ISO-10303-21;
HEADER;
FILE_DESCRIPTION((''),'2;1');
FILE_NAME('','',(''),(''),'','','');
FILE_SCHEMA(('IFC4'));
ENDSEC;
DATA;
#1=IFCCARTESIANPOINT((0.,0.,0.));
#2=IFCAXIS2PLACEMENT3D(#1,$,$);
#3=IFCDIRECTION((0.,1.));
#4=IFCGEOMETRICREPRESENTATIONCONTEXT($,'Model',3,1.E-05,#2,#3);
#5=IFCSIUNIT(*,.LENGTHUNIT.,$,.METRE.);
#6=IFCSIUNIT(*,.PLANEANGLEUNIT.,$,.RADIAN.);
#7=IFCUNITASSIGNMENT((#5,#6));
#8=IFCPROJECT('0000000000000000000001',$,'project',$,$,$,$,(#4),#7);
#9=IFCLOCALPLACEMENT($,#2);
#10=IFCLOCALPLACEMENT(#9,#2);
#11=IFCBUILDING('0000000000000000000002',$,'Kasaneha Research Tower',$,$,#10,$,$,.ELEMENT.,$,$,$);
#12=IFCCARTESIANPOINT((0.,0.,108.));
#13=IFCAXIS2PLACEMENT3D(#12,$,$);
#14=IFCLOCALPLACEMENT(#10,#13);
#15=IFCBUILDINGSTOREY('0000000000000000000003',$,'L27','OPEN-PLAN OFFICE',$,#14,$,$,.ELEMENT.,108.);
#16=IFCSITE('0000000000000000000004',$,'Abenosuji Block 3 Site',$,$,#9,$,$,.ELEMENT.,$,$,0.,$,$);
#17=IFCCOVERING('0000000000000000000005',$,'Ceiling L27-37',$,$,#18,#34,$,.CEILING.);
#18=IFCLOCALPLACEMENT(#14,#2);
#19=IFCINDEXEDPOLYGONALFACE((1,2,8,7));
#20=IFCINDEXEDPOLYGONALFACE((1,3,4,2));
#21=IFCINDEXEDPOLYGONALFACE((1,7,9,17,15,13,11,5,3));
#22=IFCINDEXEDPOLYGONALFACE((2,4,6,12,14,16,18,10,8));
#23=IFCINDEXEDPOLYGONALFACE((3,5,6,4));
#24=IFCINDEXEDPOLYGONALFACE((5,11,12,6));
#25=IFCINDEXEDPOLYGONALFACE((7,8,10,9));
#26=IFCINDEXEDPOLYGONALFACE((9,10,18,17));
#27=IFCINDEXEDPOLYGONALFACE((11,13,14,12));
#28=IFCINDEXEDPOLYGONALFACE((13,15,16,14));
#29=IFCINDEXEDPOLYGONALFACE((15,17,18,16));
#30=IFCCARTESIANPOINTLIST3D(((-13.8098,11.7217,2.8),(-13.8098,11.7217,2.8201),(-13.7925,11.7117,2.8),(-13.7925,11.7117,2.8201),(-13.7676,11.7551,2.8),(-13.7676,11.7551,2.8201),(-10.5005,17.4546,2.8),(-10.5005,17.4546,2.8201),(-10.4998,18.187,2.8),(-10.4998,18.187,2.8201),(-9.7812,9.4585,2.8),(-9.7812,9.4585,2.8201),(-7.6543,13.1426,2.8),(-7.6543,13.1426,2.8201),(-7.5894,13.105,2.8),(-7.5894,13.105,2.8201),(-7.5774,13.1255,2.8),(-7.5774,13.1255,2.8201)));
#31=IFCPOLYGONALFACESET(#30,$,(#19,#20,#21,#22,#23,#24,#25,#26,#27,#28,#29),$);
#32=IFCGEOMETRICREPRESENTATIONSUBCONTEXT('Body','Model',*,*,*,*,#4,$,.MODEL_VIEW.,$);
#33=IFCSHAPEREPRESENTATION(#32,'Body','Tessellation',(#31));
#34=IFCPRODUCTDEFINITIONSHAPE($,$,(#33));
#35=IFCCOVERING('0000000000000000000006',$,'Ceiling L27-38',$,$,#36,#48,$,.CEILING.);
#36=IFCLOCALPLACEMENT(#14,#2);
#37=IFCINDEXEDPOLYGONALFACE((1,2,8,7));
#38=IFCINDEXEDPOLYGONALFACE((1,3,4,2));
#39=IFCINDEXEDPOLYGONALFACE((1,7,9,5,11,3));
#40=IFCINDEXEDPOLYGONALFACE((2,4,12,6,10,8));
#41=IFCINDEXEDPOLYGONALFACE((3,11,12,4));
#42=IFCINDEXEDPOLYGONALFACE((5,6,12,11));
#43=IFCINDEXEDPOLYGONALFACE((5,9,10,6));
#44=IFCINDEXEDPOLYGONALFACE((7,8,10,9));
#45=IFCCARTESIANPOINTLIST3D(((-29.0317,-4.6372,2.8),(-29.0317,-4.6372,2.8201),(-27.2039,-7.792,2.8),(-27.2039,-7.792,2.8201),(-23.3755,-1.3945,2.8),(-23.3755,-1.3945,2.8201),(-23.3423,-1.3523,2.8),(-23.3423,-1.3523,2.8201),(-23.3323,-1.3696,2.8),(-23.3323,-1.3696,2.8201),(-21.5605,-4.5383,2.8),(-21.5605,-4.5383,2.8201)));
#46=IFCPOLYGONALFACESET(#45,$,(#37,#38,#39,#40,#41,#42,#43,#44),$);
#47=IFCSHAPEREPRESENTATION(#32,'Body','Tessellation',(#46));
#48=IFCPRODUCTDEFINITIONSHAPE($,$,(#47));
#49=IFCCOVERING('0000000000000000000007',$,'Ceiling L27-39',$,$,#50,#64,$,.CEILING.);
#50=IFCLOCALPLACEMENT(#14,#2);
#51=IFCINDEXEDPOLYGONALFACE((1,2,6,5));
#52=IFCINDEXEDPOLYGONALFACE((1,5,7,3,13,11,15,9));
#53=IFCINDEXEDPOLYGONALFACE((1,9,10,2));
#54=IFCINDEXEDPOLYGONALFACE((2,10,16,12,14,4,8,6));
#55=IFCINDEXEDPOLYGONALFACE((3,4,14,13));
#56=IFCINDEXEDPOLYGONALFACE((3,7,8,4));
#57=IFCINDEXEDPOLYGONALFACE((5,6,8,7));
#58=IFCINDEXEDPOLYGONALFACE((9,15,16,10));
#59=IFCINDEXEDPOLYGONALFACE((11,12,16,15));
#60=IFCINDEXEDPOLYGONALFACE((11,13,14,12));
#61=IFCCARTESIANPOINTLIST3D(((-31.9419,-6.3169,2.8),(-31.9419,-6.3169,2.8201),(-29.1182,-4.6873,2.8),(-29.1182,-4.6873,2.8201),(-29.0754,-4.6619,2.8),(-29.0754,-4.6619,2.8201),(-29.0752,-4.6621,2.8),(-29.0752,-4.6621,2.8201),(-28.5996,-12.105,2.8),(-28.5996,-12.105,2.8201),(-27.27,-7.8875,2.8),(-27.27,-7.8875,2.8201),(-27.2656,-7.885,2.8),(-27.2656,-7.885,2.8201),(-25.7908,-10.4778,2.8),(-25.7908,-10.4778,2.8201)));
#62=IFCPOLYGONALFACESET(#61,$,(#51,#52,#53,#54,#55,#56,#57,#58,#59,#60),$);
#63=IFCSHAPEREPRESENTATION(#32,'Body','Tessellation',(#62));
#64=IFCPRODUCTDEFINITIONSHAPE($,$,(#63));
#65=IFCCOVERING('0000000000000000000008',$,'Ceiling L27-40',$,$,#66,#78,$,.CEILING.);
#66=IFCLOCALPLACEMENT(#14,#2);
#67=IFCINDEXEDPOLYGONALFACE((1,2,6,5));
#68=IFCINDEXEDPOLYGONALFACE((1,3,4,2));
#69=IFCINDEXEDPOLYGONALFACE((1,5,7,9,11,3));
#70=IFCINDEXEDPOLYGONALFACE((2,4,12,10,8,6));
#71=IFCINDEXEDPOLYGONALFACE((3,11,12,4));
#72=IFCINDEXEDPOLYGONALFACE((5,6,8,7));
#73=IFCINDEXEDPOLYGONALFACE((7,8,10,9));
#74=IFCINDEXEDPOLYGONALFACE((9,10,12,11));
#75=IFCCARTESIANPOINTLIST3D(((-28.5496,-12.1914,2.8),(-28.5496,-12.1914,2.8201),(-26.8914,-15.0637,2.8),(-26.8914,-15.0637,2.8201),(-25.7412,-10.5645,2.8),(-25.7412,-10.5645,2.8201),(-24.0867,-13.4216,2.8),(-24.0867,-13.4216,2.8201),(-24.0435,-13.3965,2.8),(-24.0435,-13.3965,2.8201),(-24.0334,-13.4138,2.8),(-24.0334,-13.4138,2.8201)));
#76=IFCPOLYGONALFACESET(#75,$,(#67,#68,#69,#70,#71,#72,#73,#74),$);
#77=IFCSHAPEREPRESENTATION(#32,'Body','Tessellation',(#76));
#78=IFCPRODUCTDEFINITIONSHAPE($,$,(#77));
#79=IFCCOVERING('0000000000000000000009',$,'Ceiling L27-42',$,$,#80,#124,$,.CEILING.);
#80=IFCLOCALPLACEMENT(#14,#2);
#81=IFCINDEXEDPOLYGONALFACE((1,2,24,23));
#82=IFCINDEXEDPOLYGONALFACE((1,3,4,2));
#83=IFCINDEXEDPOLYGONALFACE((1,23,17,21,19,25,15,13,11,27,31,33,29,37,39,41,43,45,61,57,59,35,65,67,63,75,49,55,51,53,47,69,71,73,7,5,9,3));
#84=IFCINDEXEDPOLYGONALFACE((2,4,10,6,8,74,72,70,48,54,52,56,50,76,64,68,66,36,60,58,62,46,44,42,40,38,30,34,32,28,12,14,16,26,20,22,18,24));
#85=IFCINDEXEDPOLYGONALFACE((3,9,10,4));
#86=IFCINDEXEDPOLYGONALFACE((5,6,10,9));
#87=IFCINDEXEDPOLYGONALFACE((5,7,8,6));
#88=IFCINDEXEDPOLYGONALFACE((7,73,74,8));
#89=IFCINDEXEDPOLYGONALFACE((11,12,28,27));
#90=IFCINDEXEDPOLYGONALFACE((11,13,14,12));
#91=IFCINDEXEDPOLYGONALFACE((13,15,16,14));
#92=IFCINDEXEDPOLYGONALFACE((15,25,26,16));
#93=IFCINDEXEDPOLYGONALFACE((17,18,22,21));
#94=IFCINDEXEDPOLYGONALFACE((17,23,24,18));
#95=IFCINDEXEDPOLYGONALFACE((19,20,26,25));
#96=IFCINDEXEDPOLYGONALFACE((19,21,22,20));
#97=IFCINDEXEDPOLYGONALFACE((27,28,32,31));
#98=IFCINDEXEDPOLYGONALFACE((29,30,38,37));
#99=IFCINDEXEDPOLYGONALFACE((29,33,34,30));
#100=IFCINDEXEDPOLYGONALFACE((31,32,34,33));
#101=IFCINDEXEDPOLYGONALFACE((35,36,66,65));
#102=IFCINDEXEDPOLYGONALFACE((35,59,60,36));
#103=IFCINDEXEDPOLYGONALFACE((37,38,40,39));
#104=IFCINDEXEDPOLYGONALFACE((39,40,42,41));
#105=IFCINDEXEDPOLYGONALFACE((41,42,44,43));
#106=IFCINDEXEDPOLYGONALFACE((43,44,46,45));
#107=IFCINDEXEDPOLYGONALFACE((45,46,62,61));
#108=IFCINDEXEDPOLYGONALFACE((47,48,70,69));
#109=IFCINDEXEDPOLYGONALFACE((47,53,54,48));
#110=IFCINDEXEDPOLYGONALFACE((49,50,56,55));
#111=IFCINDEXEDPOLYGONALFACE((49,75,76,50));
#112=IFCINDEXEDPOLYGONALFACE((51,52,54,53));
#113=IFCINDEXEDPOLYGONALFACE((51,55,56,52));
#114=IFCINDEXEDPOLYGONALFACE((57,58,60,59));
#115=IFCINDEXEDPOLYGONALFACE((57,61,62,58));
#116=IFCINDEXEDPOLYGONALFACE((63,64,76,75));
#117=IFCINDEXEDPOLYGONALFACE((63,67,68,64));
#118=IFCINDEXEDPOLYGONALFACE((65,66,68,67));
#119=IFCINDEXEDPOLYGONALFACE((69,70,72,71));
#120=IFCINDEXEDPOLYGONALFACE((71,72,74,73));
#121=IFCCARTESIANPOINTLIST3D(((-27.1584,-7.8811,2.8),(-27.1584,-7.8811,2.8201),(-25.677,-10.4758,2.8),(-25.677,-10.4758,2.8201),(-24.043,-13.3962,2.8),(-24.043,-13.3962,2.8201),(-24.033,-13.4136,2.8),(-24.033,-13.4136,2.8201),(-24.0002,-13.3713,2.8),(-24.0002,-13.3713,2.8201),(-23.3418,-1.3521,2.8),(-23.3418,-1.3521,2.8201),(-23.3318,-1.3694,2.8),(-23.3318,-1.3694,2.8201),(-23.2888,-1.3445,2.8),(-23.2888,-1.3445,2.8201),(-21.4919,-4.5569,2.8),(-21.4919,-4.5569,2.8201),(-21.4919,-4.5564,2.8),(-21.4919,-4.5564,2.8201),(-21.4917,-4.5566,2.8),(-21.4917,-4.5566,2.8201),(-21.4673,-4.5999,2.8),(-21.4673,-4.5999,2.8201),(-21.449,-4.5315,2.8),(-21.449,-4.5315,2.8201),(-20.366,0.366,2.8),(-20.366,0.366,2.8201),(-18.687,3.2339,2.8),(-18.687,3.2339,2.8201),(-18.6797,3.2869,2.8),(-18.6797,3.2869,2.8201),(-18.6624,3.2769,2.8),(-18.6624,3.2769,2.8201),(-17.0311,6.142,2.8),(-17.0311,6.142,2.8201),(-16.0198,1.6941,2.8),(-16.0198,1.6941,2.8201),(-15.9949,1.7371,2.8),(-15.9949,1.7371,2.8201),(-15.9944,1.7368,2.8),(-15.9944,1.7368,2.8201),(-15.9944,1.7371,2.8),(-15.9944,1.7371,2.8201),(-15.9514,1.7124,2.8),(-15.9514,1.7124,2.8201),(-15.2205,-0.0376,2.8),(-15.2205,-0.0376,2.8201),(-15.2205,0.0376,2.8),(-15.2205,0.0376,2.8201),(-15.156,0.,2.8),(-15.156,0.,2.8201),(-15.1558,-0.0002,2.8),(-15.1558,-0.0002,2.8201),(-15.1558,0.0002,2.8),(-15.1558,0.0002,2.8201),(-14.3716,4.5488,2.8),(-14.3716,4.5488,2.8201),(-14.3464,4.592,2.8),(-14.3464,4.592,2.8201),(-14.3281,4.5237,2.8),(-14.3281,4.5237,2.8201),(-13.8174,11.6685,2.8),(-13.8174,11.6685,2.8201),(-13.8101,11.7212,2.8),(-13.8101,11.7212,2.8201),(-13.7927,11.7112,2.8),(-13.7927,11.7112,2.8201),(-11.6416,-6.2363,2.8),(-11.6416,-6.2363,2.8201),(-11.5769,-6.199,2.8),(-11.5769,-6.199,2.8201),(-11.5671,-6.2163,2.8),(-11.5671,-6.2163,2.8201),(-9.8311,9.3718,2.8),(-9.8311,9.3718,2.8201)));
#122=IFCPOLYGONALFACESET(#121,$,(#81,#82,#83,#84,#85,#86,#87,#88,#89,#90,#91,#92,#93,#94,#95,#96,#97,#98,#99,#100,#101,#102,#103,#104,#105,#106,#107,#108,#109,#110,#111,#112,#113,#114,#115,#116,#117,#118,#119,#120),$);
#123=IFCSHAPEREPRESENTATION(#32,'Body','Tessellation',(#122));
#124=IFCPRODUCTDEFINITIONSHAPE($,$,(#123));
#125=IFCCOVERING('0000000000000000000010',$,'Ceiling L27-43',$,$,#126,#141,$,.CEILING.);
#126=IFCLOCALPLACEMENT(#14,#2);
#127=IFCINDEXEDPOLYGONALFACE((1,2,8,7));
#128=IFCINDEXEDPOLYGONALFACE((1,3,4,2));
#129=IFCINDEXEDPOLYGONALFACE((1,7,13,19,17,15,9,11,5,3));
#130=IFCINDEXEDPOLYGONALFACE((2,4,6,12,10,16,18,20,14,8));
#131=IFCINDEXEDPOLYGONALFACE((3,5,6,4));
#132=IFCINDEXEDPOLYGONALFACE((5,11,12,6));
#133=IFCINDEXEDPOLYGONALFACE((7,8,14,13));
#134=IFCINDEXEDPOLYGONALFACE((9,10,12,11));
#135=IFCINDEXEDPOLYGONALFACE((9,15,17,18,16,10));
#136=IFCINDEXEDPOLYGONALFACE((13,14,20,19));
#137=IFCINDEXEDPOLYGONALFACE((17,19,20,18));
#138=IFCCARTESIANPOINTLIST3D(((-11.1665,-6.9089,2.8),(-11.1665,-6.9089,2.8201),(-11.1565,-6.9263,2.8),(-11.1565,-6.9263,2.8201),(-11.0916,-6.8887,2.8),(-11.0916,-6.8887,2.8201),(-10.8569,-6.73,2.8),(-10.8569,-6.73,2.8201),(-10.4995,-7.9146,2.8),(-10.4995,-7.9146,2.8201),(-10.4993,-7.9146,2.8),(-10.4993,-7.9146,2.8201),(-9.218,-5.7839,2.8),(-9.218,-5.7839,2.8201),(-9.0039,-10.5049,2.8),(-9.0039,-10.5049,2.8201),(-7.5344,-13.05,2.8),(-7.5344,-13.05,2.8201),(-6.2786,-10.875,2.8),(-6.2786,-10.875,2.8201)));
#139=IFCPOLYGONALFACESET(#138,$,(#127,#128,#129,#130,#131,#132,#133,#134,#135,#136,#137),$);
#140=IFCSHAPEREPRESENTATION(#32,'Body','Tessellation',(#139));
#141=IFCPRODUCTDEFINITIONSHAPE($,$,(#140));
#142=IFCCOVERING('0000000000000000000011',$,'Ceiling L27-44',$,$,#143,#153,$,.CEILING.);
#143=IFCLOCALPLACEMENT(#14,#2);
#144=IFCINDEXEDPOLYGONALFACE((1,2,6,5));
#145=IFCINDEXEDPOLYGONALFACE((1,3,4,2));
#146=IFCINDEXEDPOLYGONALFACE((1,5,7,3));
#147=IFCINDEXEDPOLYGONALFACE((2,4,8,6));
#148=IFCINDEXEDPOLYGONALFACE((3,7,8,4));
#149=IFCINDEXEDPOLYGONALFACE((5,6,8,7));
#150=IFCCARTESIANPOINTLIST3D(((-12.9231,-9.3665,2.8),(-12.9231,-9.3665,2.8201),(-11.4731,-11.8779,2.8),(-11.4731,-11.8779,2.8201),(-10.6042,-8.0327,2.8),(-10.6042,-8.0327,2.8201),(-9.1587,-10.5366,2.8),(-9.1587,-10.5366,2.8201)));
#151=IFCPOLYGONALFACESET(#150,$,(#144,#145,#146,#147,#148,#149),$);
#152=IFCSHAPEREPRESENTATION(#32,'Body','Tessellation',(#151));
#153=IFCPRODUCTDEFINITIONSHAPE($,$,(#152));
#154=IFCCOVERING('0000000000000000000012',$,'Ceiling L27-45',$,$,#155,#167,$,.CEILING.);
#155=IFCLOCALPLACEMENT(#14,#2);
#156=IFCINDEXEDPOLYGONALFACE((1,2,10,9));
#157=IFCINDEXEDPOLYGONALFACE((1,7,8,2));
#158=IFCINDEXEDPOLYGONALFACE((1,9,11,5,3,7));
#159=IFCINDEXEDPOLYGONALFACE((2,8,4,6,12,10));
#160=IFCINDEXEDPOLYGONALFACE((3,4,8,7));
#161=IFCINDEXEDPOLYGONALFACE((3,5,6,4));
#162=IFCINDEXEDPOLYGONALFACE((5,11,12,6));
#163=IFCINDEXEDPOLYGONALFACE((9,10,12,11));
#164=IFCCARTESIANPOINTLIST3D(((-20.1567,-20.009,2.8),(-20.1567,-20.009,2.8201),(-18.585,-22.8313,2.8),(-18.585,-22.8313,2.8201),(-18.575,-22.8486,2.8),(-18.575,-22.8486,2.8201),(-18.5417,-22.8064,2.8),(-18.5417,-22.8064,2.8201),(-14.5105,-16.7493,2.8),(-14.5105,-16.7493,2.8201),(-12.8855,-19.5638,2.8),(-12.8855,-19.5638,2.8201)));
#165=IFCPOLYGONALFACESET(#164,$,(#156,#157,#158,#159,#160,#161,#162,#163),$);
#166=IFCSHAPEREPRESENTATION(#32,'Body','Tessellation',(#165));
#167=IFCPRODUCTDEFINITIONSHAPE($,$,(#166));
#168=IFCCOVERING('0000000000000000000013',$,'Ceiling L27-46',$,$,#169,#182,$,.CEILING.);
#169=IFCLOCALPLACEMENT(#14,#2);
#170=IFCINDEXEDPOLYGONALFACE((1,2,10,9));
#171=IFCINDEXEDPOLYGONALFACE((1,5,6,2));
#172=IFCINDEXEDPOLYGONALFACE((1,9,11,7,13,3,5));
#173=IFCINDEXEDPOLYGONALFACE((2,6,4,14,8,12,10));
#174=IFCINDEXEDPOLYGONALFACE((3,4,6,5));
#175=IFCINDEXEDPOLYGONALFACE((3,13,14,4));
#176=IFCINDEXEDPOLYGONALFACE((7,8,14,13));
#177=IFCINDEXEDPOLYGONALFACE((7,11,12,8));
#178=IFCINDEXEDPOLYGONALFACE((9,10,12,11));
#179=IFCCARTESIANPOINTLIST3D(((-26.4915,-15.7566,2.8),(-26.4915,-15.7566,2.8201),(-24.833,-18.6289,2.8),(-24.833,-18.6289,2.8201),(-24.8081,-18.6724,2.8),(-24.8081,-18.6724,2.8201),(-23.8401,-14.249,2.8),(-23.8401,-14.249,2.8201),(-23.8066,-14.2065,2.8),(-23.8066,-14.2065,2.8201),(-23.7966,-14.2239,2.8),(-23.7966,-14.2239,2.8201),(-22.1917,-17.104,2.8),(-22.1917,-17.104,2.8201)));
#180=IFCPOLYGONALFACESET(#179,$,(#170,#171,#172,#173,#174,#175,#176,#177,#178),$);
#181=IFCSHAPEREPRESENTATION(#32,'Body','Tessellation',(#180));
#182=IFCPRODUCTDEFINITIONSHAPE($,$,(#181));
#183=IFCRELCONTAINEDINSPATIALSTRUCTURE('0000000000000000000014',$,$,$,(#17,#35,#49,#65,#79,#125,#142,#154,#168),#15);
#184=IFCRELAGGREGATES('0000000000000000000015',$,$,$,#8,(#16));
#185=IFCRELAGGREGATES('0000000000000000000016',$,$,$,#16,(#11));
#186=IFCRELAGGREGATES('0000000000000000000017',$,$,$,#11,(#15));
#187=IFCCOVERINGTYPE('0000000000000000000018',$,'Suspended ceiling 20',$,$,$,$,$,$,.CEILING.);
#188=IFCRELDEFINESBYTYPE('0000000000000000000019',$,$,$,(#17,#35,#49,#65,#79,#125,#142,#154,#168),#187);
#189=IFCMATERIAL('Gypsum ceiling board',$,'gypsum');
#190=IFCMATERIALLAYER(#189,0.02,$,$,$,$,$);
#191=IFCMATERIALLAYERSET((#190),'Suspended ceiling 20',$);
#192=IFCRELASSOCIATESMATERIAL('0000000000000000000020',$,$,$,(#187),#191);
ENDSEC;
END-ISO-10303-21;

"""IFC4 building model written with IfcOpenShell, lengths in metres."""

from ifc_helpers import new_model, si_unit, direction, frame, origin, place, context, subcontext, project, spatial, polyline, outline, extrude, material, layer, layer_set, type_object, element, save


model = new_model("IFC4")

# Units and contexts
model_context = context("Model", 3, precision=1e-05, world=origin(), true_north=direction((0.0, 1.0)))
body_context = subcontext(model_context, "Body", "Model", "MODEL_VIEW")
ifc_project = project(units=[si_unit("LENGTHUNIT", "METRE"), si_unit("PLANEANGLEUNIT", "RADIAN")], contexts=[model_context])

# Site, building, storey
site_placement = place(None, origin())
site = spatial("IfcSite", under=ifc_project, at=site_placement, Name="Abenosuji Block 3 Site", CompositionType="ELEMENT", RefElevation=0.0)
building_placement = place(site_placement, origin())
building = spatial("IfcBuilding", under=site, at=building_placement, Name="Kasaneha Research Tower", CompositionType="ELEMENT")
storey_placement = place(building_placement, frame((0.0, 0.0, 108.0)))
storey = spatial("IfcBuildingStorey", under=building, at=storey_placement, Name="L27", Description="OPEN-PLAN OFFICE", CompositionType="ELEMENT", Elevation=108.0)

# Coverings
ifc_material_1 = material(Name="Gypsum ceiling board", Category="gypsum")
ifc_layer_1 = layer(ifc_material_1, 0.02)
ifc_layer_set_1 = layer_set([ifc_layer_1], Name="Suspended ceiling 20")
covering_type = type_object("IfcCoveringType", Name="Suspended ceiling 20", PredefinedType="CEILING", material=ifc_layer_set_1)
covering_1_placement = place(storey_placement, frame((0.0, 0.0, 2.8)))
element("IfcCovering", 1, at=covering_1_placement, inside=storey, type_object=covering_type, Name="Ceiling L27-37", PredefinedType="CEILING", context=body_context, shape_type="SweptSolid", body=[
    extrude(outline(polyline([(-10.4998, 18.187), (-7.5774, 13.1255), (-7.5894, 13.105), (-7.6543, 13.1426), (-9.7812, 9.4585), (-13.7676, 11.7551), (-13.7925, 11.7117), (-13.8098, 11.7217), (-10.5005, 17.4546), (-10.4998, 18.187)])), origin(), (0.0, 0.0, 1.0), 0.02),
])
covering_2_placement = place(storey_placement, frame((0.0, 0.0, 2.8)))
element("IfcCovering", 2, at=covering_2_placement, inside=storey, type_object=covering_type, Name="Ceiling L27-38", PredefinedType="CEILING", context=body_context, shape_type="SweptSolid", body=[
    extrude(outline(polyline([(-23.3423, -1.3523), (-23.3323, -1.3696), (-23.3755, -1.3945), (-21.5605, -4.5383), (-27.2039, -7.792), (-29.0317, -4.6372), (-23.3423, -1.3523)])), origin(), (0.0, 0.0, 1.0), 0.02),
])
covering_3_placement = place(storey_placement, frame((0.0, 0.0, 2.8)))
element("IfcCovering", 3, at=covering_3_placement, inside=storey, type_object=covering_type, Name="Ceiling L27-39", PredefinedType="CEILING", context=body_context, shape_type="SweptSolid", body=[
    extrude(outline(polyline([(-29.0754, -4.6619), (-29.0752, -4.6621), (-29.1182, -4.6873), (-27.2656, -7.885), (-27.27, -7.8875), (-25.7908, -10.4778), (-28.5996, -12.105), (-31.9419, -6.3169), (-29.0754, -4.6619)])), origin(), (0.0, 0.0, 1.0), 0.02),
])
covering_4_placement = place(storey_placement, frame((0.0, 0.0, 2.8)))
element("IfcCovering", 4, at=covering_4_placement, inside=storey, type_object=covering_type, Name="Ceiling L27-40", PredefinedType="CEILING", context=body_context, shape_type="SweptSolid", body=[
    extrude(outline(polyline([(-24.0334, -13.4138), (-26.8914, -15.0637), (-28.5718, -12.1531), (-28.5496, -12.1914), (-25.7412, -10.5645), (-24.0867, -13.4216), (-24.0435, -13.3965), (-24.0334, -13.4138)])), origin(), (0.0, 0.0, 1.0), 0.02),
])
covering_5_placement = place(storey_placement, frame((0.0, 0.0, 2.8)))
element("IfcCovering", 5, at=covering_5_placement, inside=storey, type_object=covering_type, Name="Ceiling L27-42", PredefinedType="CEILING", context=body_context, shape_type="SweptSolid", body=[
    extrude(outline(polyline([(-21.4917, -4.5566), (-21.4919, -4.5564), (-21.449, -4.5315), (-23.2888, -1.3445), (-23.3318, -1.3694), (-23.3418, -1.3521), (-20.366, 0.366), (-18.6797, 3.2869), (-18.6624, 3.2769), (-18.687, 3.2339), (-16.0198, 1.6941), (-15.9949, 1.7371), (-15.9944, 1.7368), (-15.9944, 1.7371), (-15.9514, 1.7124), (-14.3281, 4.5237), (-14.3716, 4.5488), (-14.3464, 4.592), (-17.0312, 6.1421), (-17.0559, 6.0991), (-17.0559, 6.0991), (-13.8101, 11.7212), (-13.7927, 11.7112), (-13.8174, 11.6685), (-9.8311, 9.3718), (-15.2205, 0.0376), (-15.1558, 0.0002), (-15.156, 0.0), (-15.1558, -0.0002), (-15.2205, -0.0376), (-11.6416, -6.2363), (-11.5769, -6.199), (-11.5671, -6.2163), (-24.033, -13.4136), (-24.043, -13.3962), (-24.0002, -13.3713), (-25.677, -10.4758), (-25.677, -10.4758), (-27.1584, -7.8811), (-21.4673, -4.5999), (-21.4919, -4.5569), (-21.4917, -4.5566)])), origin(), (0.0, 0.0, 1.0), 0.02),
])
covering_6_placement = place(storey_placement, frame((0.0, 0.0, 2.8)))
element("IfcCovering", 6, at=covering_6_placement, inside=storey, type_object=covering_type, Name="Ceiling L27-43", PredefinedType="CEILING", context=body_context, shape_type="SweptSolid", body=[
    extrude(outline(polyline([(-9.218, -5.7839), (-6.2786, -10.875), (-7.5344, -13.05), (-7.5344, -13.05), (-9.0039, -10.5049), (-9.0039, -10.5049), (-10.4995, -7.9146), (-10.4993, -7.9146), (-11.0916, -6.8887), (-11.1565, -6.9263), (-11.1665, -6.9089), (-10.8569, -6.73), (-9.218, -5.7839)])), origin(), (0.0, 0.0, 1.0), 0.02),
])
covering_7_placement = place(storey_placement, frame((0.0, 0.0, 2.8)))
element("IfcCovering", 7, at=covering_7_placement, inside=storey, type_object=covering_type, Name="Ceiling L27-44", PredefinedType="CEILING", context=body_context, shape_type="SweptSolid", body=[
    extrude(outline(polyline([(-10.6042, -8.0327), (-9.1587, -10.5366), (-11.4731, -11.8779), (-12.9231, -9.3665), (-10.6042, -8.0327)])), origin(), (0.0, 0.0, 1.0), 0.02),
])
covering_8_placement = place(storey_placement, frame((0.0, 0.0, 2.8)))
element("IfcCovering", 8, at=covering_8_placement, inside=storey, type_object=covering_type, Name="Ceiling L27-45", PredefinedType="CEILING", context=body_context, shape_type="SweptSolid", body=[
    extrude(outline(polyline([(-18.575, -22.8486), (-18.585, -22.8313), (-18.5417, -22.8064), (-20.1567, -20.009), (-14.5105, -16.7493), (-12.8855, -19.5637), (-12.8423, -19.5388), (-12.8423, -19.5388), (-18.575, -22.8486)])), origin(), (0.0, 0.0, 1.0), 0.02),
])
covering_9_placement = place(storey_placement, frame((0.0, 0.0, 2.8)))
element("IfcCovering", 9, at=covering_9_placement, inside=storey, type_object=covering_type, Name="Ceiling L27-46", PredefinedType="CEILING", context=body_context, shape_type="SweptSolid", body=[
    extrude(outline(polyline([(-23.8066, -14.2065), (-23.7966, -14.2239), (-23.8401, -14.249), (-22.1917, -17.104), (-24.833, -18.6289), (-24.8081, -18.6724), (-24.8081, -18.6724), (-26.4915, -15.7566), (-23.8066, -14.2065)])), origin(), (0.0, 0.0, 1.0), 0.02),
])

save(model, "model.ifc")
